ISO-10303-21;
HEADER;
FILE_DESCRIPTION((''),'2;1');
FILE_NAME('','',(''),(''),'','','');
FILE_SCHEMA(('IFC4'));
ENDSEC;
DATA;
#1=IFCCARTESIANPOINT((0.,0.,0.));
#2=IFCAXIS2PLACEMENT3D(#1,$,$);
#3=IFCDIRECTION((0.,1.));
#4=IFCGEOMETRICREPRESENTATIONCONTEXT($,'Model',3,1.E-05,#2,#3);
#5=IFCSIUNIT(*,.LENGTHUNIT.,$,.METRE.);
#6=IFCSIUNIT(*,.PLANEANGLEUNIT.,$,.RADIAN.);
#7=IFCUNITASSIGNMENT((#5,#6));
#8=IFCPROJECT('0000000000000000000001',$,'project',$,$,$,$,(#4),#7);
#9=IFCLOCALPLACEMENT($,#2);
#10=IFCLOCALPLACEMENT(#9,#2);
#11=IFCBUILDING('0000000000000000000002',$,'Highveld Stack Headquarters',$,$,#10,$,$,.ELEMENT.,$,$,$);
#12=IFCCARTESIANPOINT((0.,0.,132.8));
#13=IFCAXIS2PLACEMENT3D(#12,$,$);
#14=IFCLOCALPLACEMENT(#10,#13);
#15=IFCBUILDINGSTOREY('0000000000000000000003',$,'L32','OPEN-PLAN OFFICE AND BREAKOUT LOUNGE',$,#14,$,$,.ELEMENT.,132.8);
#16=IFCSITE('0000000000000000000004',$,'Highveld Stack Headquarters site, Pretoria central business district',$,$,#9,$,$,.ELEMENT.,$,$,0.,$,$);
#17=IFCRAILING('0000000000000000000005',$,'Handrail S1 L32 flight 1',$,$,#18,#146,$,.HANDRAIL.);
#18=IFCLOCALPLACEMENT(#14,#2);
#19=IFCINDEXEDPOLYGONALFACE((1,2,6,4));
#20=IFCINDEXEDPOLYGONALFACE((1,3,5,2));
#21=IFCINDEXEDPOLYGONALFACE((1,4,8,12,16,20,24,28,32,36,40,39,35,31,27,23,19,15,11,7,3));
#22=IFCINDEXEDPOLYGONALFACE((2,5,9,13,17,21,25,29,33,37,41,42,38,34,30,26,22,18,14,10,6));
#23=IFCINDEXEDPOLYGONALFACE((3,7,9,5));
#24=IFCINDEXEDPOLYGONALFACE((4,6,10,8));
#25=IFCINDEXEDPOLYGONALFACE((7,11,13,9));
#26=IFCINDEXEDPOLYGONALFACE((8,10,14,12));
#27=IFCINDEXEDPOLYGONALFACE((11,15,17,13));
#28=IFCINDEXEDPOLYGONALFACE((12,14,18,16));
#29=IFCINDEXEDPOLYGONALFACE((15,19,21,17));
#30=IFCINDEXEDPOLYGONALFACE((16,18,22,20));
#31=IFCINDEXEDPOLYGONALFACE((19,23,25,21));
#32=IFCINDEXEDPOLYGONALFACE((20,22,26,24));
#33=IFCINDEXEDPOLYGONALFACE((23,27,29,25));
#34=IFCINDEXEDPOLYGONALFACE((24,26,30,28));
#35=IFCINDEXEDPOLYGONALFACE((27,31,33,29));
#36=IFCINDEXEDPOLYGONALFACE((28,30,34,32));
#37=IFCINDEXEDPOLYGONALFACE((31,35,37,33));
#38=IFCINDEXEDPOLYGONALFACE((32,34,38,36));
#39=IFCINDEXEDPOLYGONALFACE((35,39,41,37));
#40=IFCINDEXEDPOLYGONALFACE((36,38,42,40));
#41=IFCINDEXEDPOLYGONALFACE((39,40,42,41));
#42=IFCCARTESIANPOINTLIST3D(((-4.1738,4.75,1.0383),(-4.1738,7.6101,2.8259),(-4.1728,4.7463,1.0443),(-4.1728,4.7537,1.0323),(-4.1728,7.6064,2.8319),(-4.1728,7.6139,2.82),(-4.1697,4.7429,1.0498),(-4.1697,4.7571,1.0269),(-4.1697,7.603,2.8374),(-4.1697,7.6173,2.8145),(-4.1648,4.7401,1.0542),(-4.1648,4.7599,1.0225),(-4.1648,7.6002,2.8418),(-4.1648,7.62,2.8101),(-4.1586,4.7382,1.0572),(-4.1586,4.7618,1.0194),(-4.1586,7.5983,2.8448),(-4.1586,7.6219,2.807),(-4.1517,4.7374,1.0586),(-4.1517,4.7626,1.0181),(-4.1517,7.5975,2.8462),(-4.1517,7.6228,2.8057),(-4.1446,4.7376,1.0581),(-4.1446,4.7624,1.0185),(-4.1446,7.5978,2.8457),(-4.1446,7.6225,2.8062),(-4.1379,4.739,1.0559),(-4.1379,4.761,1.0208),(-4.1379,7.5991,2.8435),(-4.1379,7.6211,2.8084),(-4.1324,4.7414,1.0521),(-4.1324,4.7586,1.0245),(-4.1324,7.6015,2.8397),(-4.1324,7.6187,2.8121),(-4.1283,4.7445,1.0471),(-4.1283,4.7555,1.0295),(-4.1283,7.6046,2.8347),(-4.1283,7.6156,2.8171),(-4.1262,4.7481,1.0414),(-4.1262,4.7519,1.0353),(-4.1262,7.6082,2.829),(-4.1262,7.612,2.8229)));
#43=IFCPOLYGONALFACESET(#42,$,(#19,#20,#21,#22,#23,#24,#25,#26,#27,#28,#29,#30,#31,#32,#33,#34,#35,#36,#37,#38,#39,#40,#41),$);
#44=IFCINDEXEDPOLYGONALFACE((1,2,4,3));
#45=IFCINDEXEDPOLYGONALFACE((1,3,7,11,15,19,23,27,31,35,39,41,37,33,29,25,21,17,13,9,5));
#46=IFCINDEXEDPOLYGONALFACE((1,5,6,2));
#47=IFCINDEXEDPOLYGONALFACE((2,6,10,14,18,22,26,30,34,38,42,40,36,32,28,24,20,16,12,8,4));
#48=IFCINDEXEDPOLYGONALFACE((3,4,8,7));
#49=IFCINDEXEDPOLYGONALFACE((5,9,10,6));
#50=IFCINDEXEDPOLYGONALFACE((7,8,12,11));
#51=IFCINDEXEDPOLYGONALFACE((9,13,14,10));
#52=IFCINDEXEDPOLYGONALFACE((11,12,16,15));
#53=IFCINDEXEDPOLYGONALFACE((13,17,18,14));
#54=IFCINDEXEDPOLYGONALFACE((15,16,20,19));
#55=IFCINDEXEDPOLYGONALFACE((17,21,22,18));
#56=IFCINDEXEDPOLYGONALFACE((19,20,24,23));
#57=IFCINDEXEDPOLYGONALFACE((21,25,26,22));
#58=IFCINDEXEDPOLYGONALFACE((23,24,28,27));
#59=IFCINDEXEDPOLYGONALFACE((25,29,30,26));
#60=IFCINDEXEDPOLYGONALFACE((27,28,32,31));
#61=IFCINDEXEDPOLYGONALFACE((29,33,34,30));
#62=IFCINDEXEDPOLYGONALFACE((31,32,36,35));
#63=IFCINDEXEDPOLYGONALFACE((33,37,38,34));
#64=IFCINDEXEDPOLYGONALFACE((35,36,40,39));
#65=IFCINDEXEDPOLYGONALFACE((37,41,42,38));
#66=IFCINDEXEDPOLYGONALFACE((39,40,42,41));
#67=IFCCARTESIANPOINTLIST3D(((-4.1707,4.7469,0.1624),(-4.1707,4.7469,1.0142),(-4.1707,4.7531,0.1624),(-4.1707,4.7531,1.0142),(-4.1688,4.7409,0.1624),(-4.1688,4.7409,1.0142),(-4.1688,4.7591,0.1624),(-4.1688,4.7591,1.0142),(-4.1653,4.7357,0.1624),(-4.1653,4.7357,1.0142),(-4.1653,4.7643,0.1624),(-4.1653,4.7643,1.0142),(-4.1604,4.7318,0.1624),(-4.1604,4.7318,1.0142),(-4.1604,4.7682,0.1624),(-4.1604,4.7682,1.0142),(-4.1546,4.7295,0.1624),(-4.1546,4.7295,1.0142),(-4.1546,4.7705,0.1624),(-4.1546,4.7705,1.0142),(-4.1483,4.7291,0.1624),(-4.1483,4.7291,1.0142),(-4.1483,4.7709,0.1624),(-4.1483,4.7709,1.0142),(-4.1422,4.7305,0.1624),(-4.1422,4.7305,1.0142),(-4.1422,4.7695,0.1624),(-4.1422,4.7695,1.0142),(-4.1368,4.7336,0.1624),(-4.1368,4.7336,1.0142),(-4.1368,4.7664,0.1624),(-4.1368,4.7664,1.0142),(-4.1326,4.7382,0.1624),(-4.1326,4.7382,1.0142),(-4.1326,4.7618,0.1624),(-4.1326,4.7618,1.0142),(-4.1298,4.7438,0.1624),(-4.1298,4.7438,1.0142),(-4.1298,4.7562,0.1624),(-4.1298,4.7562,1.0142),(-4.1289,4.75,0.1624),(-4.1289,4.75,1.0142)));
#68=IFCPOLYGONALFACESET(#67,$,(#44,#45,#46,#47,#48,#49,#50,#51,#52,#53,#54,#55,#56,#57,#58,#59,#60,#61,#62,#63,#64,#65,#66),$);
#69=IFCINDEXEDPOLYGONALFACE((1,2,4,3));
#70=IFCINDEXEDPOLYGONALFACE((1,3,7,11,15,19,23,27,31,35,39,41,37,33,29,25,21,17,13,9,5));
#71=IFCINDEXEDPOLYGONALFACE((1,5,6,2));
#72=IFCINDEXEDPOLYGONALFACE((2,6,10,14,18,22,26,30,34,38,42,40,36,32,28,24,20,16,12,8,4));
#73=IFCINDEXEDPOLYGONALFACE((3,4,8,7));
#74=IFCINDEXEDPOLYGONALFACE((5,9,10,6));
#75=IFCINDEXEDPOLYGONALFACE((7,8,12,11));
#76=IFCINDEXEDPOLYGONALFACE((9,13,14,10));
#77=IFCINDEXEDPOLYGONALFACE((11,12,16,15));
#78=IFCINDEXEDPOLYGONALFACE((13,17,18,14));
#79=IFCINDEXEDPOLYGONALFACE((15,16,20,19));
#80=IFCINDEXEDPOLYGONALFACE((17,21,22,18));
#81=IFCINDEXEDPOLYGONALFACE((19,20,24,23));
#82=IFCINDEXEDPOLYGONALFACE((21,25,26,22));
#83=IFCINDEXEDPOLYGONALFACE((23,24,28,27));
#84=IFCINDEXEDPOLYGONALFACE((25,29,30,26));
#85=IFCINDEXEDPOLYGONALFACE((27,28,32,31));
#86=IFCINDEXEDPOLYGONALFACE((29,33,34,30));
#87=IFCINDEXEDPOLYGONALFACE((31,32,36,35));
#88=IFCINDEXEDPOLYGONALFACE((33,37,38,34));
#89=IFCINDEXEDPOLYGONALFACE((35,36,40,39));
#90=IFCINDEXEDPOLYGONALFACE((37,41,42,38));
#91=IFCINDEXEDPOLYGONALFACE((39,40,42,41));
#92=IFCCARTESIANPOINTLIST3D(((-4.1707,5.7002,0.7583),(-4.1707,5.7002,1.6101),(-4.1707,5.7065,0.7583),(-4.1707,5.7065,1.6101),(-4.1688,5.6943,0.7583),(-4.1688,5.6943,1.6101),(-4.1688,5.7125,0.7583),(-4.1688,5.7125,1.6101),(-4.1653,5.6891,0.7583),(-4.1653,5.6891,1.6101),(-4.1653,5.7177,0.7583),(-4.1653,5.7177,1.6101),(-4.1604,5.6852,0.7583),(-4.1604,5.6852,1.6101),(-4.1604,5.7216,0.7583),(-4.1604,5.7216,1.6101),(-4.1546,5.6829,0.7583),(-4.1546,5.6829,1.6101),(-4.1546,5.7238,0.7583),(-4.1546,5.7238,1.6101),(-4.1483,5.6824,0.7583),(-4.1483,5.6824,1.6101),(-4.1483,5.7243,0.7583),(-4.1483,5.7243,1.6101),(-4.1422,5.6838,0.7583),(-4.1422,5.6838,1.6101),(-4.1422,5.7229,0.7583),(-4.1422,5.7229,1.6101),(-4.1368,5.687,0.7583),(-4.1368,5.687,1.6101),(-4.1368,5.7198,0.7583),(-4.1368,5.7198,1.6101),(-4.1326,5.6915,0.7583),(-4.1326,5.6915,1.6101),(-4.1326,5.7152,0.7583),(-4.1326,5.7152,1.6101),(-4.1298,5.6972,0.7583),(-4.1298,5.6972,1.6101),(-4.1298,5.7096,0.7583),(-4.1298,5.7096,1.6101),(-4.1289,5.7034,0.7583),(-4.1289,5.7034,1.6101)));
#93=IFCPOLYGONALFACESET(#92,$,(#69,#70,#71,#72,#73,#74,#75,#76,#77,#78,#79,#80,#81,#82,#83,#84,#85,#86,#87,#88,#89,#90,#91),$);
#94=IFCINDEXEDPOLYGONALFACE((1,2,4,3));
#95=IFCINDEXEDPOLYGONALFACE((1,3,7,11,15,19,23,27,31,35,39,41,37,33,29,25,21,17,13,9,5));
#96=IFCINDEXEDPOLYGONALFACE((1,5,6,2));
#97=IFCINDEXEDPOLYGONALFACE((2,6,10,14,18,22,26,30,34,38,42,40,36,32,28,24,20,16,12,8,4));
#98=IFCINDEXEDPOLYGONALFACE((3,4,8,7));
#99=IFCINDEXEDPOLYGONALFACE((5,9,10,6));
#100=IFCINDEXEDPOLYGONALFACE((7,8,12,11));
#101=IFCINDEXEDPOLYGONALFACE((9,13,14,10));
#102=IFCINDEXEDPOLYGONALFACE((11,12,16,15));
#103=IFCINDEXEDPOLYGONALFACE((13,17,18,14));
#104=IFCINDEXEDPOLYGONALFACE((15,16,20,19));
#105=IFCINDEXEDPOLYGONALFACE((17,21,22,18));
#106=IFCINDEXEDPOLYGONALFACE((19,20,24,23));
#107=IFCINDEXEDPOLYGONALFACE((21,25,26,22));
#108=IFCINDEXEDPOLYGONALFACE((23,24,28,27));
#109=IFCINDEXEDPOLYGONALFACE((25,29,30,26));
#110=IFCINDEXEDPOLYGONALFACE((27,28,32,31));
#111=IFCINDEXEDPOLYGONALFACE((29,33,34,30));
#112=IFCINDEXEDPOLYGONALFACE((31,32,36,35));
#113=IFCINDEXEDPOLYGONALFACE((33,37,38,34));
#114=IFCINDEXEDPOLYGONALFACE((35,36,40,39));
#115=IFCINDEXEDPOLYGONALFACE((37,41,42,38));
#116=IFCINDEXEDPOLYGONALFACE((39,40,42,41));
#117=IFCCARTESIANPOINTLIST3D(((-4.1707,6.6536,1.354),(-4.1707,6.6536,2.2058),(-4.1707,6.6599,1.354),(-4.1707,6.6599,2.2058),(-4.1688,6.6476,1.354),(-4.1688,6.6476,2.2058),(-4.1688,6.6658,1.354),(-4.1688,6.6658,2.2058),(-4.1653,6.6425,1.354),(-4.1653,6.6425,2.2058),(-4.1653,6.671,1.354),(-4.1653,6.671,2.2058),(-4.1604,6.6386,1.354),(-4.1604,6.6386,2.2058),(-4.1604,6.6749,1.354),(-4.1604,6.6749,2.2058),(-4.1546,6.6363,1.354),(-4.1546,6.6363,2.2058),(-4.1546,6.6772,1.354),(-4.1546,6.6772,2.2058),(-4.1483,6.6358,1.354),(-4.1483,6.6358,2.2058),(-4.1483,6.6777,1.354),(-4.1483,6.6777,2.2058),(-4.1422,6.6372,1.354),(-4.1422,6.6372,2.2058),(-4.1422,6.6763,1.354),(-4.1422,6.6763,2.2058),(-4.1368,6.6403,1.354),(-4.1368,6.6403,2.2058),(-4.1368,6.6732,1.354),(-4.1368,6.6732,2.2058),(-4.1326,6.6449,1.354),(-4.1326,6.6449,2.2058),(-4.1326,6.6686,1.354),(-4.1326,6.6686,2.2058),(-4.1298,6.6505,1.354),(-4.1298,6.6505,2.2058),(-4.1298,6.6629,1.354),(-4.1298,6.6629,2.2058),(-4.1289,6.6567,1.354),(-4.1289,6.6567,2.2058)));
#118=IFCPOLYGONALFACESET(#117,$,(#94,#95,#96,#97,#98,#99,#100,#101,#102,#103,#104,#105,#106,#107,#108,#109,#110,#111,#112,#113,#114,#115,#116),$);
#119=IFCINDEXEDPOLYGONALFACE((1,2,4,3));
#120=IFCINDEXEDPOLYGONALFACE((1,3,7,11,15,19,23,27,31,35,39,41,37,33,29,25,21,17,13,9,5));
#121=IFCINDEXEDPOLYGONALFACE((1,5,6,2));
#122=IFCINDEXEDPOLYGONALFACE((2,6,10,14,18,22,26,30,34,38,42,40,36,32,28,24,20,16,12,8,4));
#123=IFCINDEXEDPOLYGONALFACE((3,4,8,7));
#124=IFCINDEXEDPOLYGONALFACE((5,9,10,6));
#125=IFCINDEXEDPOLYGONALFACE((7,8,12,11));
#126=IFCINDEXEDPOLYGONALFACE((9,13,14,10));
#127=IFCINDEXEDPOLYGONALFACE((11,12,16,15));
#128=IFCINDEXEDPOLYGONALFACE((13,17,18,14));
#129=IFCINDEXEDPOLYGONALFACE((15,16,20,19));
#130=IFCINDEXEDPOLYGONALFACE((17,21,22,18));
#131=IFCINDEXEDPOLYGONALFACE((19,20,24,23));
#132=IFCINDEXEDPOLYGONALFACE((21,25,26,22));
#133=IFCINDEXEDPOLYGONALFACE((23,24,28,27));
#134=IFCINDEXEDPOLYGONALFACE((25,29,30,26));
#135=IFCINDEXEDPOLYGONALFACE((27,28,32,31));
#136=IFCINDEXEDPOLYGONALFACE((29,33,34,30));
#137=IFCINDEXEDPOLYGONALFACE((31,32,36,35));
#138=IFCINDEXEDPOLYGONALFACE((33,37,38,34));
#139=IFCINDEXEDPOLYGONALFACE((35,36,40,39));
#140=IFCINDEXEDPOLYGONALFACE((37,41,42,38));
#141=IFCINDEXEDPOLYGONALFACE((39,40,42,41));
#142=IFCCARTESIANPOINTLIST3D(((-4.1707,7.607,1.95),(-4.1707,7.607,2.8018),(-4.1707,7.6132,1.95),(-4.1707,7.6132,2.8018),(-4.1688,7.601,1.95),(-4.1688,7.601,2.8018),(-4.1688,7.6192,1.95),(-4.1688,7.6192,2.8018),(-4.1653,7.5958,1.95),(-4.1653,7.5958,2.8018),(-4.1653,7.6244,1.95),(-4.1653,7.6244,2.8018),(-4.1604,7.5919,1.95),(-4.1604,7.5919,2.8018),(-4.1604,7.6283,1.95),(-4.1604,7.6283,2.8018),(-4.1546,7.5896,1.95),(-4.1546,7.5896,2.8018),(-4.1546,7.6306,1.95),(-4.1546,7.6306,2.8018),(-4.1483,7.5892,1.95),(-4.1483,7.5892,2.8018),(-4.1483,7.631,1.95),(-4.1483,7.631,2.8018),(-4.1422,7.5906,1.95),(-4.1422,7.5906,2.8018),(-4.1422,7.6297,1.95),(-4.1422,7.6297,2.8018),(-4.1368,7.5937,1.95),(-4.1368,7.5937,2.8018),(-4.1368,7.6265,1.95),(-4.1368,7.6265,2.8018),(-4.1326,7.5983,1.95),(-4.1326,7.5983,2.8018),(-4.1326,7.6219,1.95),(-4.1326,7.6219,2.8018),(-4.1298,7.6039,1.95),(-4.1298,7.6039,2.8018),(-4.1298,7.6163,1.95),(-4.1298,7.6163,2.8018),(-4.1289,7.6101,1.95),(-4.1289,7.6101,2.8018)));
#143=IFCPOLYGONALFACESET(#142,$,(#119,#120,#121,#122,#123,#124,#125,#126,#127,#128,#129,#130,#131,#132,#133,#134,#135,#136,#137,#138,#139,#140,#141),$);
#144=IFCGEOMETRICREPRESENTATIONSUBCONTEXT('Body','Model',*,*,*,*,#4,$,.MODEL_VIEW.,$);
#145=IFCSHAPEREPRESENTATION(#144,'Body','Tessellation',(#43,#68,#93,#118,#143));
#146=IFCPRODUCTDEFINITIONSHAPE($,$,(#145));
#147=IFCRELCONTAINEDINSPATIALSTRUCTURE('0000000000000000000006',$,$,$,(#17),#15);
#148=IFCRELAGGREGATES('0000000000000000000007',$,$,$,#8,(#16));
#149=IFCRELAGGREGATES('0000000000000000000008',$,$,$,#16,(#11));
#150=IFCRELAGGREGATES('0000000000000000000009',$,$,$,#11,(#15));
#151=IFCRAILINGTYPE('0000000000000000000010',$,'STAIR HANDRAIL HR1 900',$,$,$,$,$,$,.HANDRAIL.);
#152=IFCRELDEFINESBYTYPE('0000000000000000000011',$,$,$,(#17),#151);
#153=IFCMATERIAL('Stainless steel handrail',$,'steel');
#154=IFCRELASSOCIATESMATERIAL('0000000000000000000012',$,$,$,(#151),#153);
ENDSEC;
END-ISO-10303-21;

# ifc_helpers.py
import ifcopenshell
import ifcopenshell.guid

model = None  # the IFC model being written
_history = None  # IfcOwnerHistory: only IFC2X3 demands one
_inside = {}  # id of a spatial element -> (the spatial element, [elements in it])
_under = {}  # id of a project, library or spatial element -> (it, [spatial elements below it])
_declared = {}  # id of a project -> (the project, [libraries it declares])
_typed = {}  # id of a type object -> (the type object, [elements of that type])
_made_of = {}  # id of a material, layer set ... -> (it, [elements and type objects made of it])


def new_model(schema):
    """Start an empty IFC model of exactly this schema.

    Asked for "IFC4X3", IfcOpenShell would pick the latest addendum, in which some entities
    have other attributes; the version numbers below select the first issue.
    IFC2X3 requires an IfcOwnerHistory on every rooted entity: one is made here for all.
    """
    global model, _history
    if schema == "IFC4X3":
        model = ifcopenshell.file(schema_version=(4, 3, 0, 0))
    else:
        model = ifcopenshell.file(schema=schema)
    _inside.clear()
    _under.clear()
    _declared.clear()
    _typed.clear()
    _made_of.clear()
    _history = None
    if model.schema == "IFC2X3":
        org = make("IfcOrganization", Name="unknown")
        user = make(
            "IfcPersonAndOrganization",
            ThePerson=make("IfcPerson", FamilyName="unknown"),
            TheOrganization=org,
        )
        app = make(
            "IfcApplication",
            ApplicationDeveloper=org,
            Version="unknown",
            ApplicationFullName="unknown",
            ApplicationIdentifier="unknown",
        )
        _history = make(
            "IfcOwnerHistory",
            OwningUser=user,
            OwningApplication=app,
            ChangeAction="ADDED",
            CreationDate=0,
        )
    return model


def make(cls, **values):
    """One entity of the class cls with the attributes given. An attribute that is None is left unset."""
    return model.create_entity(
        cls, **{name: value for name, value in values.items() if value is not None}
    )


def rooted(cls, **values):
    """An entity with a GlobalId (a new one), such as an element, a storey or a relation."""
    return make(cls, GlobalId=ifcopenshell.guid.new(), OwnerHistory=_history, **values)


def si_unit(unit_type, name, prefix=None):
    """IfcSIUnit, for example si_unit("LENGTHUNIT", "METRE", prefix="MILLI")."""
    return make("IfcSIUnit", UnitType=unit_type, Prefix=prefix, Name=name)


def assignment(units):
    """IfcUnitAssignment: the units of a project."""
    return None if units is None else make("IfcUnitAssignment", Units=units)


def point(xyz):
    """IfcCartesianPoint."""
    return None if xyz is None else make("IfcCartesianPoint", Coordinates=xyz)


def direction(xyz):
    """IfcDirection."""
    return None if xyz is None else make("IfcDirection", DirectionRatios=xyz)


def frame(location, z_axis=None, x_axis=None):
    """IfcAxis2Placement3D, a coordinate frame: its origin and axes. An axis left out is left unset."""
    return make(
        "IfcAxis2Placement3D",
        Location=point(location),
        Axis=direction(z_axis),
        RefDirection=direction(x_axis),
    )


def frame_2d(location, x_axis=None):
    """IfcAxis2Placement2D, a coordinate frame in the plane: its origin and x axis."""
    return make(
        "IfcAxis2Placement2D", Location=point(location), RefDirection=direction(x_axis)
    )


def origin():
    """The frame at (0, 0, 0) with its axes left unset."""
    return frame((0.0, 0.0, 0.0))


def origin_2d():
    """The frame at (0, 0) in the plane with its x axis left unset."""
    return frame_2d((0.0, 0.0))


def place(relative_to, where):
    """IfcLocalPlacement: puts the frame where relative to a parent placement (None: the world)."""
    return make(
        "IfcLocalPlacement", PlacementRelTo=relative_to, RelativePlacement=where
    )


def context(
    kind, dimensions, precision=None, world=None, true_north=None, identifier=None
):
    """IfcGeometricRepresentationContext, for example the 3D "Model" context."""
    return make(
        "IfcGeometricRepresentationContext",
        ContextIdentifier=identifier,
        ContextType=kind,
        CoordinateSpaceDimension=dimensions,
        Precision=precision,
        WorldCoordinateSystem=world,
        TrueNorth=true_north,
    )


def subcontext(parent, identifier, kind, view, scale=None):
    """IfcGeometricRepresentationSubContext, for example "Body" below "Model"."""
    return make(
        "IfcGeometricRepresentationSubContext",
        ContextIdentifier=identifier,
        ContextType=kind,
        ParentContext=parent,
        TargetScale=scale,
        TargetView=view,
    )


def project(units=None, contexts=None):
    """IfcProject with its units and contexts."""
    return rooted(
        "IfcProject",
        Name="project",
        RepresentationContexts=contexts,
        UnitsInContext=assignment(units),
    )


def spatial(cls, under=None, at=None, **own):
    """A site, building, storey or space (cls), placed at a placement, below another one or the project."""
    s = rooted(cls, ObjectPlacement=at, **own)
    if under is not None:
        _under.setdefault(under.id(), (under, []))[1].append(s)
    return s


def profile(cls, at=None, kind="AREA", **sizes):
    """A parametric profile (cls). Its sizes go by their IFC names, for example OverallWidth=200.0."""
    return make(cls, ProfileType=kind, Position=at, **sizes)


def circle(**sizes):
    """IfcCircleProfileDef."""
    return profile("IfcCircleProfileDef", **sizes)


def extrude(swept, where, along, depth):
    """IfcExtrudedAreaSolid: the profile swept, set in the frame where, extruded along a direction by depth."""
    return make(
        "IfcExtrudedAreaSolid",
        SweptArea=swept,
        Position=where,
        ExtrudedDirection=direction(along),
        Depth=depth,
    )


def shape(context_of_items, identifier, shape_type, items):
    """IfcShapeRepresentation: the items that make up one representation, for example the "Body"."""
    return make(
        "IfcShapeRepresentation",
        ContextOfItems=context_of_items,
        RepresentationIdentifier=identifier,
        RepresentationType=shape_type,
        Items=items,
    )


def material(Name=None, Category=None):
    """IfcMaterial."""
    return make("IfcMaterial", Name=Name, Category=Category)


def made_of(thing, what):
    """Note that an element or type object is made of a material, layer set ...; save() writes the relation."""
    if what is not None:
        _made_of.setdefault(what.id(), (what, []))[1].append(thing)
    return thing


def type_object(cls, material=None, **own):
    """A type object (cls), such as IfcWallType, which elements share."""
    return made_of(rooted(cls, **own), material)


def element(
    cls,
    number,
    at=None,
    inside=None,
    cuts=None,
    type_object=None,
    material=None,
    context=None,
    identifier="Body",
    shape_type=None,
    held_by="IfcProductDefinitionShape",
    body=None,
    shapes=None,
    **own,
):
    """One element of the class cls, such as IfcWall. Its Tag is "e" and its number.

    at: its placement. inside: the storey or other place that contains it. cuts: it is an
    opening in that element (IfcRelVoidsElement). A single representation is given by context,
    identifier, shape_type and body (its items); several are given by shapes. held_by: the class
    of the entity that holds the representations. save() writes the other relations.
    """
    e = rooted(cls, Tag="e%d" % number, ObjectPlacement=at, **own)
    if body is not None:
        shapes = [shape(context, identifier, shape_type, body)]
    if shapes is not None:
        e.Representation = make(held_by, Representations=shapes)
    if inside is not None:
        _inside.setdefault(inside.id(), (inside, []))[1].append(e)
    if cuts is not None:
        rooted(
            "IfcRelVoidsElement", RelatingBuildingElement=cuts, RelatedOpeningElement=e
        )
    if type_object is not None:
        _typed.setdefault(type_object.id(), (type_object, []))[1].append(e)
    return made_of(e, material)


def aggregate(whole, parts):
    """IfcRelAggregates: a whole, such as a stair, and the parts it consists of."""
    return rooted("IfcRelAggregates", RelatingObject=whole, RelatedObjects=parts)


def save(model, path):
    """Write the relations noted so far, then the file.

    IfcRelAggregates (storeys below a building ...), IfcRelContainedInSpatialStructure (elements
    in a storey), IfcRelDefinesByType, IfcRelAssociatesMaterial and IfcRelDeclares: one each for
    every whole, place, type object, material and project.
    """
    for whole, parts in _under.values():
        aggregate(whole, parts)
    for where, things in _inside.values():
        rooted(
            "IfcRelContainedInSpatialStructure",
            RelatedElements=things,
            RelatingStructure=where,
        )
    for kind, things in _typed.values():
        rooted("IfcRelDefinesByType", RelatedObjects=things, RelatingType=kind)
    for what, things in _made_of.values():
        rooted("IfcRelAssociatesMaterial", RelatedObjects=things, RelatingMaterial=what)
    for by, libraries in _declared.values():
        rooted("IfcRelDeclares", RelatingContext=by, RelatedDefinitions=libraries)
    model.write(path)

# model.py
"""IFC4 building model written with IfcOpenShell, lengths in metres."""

from ifc_helpers import new_model, si_unit, direction, frame, origin, origin_2d, place, context, subcontext, project, spatial, circle, extrude, material, type_object, element, save


model = new_model("IFC4")

# Units and contexts
model_context = context("Model", 3, precision=1e-05, world=origin(), true_north=direction((0.0, 1.0)))
body_context = subcontext(model_context, "Body", "Model", "MODEL_VIEW")
ifc_project = project(units=[si_unit("LENGTHUNIT", "METRE"), si_unit("PLANEANGLEUNIT", "RADIAN")], contexts=[model_context])

# Site, building, storey
site_placement = place(None, origin())
site = spatial("IfcSite", under=ifc_project, at=site_placement, Name="Highveld Stack Headquarters site, Pretoria central business district", CompositionType="ELEMENT", RefElevation=0.0)
building_placement = place(site_placement, origin())
building = spatial("IfcBuilding", under=site, at=building_placement, Name="Highveld Stack Headquarters", CompositionType="ELEMENT")
storey_placement = place(building_placement, frame((0.0, 0.0, 132.8)))
storey = spatial("IfcBuildingStorey", under=building, at=storey_placement, Name="L32", Description="OPEN-PLAN OFFICE AND BREAKOUT LOUNGE", CompositionType="ELEMENT", Elevation=132.8)

# Railing
ifc_material_1 = material(Name="Stainless steel handrail", Category="steel")
railing_type = type_object("IfcRailingType", Name="STAIR HANDRAIL HR1 900", PredefinedType="HANDRAIL", material=ifc_material_1)
for number, where, name in (
    (1, (-4.1499, 4.75, 0.1624), "Handrail S1 L32 flight 1"),
):
    element("IfcRailing", number, at=place(storey_placement, frame(where)), inside=storey, type_object=railing_type, Name=name, PredefinedType="HANDRAIL", context=body_context, shape_type="SweptSolid", body=[
        extrude(circle(Radius=0.0239, at=origin_2d()), frame((0.0, 0.0, 0.876), z_axis=(0.0, 0.847994, 0.530005), x_axis=(-1.0, 0.0, 0.0)), (0.0, 0.0, 1.0), 3.3728),
        extrude(circle(Radius=0.021, at=origin_2d()), origin(), (0.0, 0.0, 1.0), 0.8518),
        extrude(circle(Radius=0.021, at=origin_2d()), frame((0.0, 0.9534, 0.5959)), (0.0, 0.0, 1.0), 0.8518),
        extrude(circle(Radius=0.021, at=origin_2d()), frame((0.0, 1.9067, 1.1917)), (0.0, 0.0, 1.0), 0.8518),
        extrude(circle(Radius=0.021, at=origin_2d()), frame((0.0, 2.8601, 1.7876)), (0.0, 0.0, 1.0), 0.8518),
    ])

save(model, "model.ifc")
